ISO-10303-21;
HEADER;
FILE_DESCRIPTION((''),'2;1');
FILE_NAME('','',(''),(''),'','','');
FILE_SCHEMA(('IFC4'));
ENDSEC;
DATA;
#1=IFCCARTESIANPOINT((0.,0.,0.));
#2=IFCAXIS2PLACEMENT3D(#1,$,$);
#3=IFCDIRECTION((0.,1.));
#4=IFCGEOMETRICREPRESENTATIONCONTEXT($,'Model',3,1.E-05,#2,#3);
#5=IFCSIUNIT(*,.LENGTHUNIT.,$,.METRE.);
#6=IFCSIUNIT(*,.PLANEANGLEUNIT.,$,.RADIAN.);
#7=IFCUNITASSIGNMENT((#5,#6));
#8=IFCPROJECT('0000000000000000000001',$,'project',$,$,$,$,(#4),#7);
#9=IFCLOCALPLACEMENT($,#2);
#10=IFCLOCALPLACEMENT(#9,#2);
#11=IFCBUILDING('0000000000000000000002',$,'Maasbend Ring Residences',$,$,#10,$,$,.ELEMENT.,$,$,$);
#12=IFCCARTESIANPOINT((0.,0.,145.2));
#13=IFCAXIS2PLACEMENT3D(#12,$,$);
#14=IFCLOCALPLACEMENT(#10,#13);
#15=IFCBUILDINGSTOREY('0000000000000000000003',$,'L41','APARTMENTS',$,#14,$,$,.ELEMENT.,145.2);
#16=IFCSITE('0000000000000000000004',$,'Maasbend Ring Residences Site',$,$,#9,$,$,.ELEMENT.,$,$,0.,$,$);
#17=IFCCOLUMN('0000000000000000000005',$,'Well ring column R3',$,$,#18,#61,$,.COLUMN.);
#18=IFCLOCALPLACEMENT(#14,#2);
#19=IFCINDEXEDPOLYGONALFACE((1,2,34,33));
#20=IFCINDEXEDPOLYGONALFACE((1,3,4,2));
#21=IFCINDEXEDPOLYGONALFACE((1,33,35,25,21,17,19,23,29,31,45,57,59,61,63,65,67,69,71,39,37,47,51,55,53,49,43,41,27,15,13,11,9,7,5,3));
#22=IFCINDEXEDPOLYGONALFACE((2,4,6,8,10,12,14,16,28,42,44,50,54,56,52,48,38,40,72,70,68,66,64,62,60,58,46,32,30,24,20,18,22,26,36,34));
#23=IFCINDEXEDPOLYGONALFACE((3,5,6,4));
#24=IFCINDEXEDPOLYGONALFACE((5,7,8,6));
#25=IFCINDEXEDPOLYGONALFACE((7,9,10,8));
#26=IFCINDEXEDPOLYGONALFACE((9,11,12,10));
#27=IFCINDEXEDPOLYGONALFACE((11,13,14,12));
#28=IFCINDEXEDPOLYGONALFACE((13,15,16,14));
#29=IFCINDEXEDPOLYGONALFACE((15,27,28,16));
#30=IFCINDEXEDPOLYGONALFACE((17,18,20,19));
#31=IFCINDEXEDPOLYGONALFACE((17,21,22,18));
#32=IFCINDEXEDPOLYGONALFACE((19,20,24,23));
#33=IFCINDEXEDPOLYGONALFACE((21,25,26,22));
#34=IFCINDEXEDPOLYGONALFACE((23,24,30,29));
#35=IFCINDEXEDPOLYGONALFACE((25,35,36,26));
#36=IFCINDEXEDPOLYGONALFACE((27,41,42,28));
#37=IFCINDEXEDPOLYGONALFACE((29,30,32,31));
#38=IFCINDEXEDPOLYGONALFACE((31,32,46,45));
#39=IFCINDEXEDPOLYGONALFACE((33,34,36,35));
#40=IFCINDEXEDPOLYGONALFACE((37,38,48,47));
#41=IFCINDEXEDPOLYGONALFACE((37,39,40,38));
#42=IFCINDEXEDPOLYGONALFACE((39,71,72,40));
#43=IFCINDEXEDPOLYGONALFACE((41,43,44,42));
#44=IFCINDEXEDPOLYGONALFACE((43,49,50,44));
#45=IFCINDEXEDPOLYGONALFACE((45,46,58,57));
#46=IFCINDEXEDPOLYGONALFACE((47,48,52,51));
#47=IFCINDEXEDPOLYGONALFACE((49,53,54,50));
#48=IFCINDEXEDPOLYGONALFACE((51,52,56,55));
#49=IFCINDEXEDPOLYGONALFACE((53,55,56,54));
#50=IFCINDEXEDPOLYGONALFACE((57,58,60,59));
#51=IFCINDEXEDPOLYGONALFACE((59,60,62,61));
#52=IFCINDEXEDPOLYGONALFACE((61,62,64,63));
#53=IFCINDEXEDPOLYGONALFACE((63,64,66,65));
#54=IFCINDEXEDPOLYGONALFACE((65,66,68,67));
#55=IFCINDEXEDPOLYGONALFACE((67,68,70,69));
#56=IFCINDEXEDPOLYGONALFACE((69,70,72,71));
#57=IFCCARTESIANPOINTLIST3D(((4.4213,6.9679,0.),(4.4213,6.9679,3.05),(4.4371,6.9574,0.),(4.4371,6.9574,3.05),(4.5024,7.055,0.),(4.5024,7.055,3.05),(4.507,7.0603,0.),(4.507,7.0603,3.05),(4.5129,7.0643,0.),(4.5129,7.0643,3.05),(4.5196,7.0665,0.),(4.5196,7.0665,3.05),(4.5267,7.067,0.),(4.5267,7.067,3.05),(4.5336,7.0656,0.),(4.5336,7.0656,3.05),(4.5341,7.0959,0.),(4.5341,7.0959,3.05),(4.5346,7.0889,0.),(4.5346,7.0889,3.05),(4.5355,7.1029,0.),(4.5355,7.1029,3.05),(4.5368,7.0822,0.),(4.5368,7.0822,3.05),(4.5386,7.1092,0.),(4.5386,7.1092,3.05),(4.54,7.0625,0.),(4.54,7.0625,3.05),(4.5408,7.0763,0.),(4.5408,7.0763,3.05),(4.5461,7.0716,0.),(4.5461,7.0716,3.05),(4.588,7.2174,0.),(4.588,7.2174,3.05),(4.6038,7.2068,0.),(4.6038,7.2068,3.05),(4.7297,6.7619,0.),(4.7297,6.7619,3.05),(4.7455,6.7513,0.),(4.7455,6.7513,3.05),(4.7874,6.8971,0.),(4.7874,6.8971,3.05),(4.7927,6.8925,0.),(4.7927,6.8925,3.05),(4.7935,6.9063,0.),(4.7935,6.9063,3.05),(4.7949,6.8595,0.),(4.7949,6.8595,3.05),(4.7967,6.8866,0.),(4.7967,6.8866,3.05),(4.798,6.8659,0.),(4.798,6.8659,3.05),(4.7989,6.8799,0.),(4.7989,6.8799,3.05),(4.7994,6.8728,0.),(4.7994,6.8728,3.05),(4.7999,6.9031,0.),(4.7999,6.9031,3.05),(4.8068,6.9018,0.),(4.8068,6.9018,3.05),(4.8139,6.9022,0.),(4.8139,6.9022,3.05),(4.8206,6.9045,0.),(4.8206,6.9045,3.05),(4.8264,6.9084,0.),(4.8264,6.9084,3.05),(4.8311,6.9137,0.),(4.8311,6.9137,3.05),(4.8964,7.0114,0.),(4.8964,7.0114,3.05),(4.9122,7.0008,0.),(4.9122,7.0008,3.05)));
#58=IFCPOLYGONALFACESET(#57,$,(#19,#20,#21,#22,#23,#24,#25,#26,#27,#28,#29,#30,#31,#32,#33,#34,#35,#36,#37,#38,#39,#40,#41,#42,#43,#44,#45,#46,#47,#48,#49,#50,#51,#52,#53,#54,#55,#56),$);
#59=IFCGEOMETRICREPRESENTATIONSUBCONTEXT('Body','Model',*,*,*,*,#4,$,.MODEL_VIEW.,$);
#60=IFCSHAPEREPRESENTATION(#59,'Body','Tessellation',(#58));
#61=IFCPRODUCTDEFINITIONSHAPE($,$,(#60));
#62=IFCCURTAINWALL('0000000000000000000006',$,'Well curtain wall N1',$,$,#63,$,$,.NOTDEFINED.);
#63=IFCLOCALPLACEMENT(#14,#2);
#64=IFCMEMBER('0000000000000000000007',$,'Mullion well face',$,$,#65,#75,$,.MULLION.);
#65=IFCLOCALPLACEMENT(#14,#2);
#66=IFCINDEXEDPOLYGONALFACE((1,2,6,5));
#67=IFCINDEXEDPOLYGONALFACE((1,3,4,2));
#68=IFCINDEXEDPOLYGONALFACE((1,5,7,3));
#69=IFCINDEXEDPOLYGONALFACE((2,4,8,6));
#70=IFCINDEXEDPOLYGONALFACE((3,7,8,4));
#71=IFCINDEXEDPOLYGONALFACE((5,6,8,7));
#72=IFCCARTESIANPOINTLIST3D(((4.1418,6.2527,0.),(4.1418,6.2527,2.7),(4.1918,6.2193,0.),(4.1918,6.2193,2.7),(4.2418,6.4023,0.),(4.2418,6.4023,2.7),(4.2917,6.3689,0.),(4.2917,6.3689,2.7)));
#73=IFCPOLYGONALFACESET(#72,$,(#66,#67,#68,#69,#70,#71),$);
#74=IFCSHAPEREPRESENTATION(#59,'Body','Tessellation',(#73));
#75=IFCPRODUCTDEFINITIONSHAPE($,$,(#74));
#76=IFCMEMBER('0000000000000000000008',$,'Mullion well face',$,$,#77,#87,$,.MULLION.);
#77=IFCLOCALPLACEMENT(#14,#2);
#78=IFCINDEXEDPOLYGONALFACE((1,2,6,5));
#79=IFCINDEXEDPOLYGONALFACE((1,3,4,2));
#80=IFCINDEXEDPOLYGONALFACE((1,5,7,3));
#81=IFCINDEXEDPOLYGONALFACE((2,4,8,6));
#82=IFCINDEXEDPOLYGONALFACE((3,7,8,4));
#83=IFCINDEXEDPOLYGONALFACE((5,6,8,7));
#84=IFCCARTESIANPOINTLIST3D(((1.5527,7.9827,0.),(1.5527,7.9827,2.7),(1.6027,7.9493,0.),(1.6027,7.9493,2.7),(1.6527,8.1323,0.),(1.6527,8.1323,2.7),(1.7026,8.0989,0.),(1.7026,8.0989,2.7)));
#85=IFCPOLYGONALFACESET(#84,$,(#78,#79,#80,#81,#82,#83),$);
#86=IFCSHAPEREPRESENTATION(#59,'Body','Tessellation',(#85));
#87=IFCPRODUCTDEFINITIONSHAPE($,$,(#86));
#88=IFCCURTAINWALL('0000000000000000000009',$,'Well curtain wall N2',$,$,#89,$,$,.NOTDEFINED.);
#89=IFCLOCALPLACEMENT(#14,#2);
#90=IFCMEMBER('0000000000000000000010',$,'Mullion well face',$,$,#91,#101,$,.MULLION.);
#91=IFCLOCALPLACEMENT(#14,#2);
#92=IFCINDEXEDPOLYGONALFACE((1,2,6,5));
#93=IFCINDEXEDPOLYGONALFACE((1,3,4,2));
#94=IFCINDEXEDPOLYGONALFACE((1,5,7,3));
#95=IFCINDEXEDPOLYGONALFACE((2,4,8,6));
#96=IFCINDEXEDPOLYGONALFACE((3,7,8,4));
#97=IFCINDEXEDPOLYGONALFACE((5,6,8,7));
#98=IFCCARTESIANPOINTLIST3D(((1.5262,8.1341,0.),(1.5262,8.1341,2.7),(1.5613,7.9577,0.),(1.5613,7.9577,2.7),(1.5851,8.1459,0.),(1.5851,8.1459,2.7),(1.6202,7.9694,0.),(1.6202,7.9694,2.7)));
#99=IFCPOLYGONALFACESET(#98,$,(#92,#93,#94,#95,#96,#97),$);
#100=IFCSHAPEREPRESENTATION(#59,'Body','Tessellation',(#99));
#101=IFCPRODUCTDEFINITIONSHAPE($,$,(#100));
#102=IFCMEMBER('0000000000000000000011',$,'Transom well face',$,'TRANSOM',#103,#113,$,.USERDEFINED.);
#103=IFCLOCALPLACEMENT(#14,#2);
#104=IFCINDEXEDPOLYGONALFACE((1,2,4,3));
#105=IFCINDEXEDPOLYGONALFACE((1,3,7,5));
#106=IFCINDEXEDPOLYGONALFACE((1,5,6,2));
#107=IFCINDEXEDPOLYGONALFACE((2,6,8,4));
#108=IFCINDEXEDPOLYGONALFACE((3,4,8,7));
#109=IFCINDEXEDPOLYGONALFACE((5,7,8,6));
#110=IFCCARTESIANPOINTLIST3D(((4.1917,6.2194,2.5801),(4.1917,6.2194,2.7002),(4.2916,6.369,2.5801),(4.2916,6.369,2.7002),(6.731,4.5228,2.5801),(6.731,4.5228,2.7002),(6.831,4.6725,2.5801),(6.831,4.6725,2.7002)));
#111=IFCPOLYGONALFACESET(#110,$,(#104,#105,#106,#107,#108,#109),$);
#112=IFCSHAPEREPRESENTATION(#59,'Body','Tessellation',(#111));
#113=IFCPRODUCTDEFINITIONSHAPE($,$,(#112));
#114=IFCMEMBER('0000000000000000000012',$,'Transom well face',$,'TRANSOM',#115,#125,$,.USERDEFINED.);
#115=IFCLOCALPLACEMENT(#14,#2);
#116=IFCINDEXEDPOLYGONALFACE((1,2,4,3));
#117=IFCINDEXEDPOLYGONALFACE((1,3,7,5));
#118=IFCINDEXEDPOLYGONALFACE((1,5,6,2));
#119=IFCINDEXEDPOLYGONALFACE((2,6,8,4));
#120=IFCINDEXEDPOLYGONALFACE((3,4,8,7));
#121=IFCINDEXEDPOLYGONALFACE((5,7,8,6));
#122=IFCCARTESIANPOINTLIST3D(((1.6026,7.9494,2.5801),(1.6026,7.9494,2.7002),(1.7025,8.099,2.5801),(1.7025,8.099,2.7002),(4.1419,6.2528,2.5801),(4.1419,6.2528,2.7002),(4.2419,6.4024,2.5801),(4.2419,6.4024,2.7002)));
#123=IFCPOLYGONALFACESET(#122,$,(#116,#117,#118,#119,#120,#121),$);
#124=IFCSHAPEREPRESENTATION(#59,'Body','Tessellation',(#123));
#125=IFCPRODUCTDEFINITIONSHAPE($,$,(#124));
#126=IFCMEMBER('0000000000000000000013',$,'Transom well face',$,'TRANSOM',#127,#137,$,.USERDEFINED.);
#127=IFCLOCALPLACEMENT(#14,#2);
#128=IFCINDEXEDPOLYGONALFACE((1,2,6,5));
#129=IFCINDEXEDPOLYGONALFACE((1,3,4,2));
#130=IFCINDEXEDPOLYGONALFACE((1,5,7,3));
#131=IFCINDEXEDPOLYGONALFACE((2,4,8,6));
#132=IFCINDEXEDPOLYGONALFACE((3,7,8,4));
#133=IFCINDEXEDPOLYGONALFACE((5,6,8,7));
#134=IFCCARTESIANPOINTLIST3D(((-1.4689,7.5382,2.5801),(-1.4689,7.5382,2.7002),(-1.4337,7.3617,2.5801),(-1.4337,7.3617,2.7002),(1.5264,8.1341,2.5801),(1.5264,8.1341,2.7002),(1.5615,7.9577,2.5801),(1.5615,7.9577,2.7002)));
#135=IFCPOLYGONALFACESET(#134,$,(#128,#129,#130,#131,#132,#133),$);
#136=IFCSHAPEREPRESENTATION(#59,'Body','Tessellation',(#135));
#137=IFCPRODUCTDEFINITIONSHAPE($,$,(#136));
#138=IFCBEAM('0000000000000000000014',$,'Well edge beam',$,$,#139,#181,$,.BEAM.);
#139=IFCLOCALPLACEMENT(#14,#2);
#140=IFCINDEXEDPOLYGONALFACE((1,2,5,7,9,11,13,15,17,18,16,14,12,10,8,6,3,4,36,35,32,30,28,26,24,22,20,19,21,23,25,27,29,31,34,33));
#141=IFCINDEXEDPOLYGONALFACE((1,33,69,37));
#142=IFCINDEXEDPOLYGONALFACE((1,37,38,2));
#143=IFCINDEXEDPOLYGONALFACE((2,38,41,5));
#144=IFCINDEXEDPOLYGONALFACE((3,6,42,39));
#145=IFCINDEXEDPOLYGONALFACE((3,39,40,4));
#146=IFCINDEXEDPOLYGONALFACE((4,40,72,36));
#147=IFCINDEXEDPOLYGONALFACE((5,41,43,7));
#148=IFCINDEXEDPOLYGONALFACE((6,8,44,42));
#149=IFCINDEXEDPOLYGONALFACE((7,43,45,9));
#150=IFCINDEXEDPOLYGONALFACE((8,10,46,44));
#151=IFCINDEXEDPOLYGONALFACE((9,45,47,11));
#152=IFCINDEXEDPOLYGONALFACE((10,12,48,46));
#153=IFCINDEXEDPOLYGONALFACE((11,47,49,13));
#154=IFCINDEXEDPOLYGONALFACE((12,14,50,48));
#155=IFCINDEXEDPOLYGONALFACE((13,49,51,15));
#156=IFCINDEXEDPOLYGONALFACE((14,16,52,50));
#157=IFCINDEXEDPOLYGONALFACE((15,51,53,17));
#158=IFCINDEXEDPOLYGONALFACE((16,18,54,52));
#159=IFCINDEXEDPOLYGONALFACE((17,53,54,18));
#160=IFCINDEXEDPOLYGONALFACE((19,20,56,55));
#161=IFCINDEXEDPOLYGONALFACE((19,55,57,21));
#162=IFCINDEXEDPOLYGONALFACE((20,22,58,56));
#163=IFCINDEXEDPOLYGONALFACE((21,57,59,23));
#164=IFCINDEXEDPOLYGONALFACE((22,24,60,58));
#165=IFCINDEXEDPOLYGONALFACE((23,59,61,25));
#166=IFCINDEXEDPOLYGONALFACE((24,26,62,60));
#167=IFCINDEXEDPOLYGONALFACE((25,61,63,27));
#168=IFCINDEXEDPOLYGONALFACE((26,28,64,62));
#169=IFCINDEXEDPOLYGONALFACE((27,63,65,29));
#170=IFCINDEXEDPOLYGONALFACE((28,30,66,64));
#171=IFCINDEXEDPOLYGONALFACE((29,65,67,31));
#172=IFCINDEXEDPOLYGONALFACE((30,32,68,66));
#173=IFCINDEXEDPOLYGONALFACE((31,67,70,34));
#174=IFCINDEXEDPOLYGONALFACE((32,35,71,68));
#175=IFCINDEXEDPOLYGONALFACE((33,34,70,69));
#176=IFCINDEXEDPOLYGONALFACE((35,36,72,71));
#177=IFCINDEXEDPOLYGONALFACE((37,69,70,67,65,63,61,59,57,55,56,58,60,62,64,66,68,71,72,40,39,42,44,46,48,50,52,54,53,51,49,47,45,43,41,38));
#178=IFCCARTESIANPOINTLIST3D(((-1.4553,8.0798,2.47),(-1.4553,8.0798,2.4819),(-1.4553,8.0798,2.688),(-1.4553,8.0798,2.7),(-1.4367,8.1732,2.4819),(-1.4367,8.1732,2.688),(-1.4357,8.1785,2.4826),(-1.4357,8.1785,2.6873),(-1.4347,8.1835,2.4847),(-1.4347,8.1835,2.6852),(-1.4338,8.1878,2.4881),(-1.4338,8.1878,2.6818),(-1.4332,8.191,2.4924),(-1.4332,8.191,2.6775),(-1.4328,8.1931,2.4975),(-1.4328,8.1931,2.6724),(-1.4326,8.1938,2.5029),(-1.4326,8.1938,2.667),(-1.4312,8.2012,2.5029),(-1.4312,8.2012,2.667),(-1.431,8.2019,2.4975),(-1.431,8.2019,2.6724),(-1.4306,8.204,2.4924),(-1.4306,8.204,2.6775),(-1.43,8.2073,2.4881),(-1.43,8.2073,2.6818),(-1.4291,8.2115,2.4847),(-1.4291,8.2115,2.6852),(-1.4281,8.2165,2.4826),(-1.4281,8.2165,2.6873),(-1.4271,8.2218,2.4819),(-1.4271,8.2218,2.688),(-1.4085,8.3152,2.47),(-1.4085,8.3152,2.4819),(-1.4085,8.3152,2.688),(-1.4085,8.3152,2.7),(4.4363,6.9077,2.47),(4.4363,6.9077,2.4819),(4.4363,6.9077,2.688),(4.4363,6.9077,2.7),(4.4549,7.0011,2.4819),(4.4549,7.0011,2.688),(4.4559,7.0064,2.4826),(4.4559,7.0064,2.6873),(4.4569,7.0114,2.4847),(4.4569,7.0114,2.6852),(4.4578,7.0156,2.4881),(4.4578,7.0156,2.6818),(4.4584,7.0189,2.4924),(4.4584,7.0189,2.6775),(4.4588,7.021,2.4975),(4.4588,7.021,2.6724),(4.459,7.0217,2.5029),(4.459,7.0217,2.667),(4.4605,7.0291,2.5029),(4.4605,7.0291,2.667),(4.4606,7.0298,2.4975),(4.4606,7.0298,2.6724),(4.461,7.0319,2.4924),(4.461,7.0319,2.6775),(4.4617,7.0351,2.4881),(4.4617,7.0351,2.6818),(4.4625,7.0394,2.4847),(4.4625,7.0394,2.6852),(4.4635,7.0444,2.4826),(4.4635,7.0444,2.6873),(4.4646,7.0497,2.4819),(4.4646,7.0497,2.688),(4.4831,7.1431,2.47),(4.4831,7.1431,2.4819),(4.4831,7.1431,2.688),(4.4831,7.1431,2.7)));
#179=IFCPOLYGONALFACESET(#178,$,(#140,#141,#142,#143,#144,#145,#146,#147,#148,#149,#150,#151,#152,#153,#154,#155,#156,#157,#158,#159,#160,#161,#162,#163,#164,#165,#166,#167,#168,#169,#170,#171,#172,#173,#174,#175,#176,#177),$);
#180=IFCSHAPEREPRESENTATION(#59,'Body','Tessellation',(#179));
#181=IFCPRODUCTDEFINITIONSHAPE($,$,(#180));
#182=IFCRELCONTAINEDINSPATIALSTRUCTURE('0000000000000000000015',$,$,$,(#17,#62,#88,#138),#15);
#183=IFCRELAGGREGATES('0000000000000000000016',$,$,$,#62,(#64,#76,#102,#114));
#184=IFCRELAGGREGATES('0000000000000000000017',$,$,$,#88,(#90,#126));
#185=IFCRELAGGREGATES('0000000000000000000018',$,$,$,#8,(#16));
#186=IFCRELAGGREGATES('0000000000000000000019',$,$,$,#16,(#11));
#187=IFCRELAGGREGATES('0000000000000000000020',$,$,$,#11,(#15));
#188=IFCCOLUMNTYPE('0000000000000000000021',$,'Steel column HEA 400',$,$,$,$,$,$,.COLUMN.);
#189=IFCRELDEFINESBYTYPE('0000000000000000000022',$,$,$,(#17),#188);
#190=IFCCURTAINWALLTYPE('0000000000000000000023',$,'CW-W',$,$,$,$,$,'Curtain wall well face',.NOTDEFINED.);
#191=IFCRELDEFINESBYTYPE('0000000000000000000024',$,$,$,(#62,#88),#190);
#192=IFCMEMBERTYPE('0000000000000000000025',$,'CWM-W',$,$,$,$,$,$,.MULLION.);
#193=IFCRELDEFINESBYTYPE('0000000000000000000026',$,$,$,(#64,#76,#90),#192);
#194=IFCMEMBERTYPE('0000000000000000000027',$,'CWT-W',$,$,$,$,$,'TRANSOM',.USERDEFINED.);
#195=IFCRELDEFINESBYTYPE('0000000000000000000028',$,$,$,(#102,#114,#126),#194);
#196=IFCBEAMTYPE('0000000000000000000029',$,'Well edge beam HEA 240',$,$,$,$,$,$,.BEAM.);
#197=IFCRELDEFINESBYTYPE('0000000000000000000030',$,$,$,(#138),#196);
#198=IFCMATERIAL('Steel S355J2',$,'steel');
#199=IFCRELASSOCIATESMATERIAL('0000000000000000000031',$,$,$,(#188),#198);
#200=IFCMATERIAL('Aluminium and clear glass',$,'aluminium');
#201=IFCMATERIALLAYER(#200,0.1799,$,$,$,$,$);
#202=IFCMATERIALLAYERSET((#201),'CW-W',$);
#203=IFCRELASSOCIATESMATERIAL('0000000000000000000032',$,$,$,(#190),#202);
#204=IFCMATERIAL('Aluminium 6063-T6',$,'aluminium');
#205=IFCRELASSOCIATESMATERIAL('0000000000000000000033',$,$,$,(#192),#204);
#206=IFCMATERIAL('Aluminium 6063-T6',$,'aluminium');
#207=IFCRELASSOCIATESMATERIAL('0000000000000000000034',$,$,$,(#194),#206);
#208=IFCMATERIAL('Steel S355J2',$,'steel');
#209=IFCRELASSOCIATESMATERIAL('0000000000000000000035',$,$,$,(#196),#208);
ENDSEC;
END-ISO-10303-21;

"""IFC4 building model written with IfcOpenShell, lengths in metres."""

from ifc_helpers import new_model, si_unit, direction, frame, origin, origin_2d, place, context, subcontext, project, spatial, rectangle, i_section, extrude, material, layer, layer_set, material_profile, profile_set, type_object, element, aggregate, save


model = new_model("IFC4")

# Units and contexts
model_context = context("Model", 3, precision=1e-05, world=origin(), true_north=direction((0.0, 1.0)))
body_context = subcontext(model_context, "Body", "Model", "MODEL_VIEW")
ifc_project = project(units=[si_unit("LENGTHUNIT", "METRE"), si_unit("PLANEANGLEUNIT", "RADIAN")], contexts=[model_context])

# Site, building, storey
site_placement = place(None, origin())
site = spatial("IfcSite", under=ifc_project, at=site_placement, Name="Maasbend Ring Residences Site", CompositionType="ELEMENT", RefElevation=0.0)
building_placement = place(site_placement, origin())
building = spatial("IfcBuilding", under=site, at=building_placement, Name="Maasbend Ring Residences", CompositionType="ELEMENT")
storey_placement = place(building_placement, frame((0.0, 0.0, 145.2)))
storey = spatial("IfcBuildingStorey", under=building, at=storey_placement, Name="L41", Description="APARTMENTS", CompositionType="ELEMENT", Elevation=145.2)

# Column
ifc_material_1 = material(Name="Steel S355J2", Category="steel")
ifc_material_profile_1 = material_profile(ifc_material_1, i_section(OverallWidth=0.3, OverallDepth=0.3899, WebThickness=0.011, FlangeThickness=0.019, FilletRadius=0.0271, at=origin_2d()), Name="HEA 400")
ifc_profile_set_1 = profile_set([ifc_material_profile_1], Name="Steel S355J2")
column_type = type_object("IfcColumnType", Name="Steel column HEA 400", PredefinedType="COLUMN", material=ifc_profile_set_1)
column_placement = place(storey_placement, frame((4.6667, 6.9844, 0.0), z_axis=(0.0, 0.0, 1.0), x_axis=(0.55557, 0.83147, 0.0)))
element("IfcColumn", 1, at=column_placement, inside=storey, type_object=column_type, Name="Well ring column R3", PredefinedType="COLUMN", context=body_context, shape_type="SweptSolid", body=[
    extrude(i_section(OverallWidth=0.3, OverallDepth=0.3899, WebThickness=0.011, FlangeThickness=0.019, FilletRadius=0.0271, at=origin_2d()), origin(), (0.0, 0.0, 1.0), 3.05),
])

# Curtain wall, members
ifc_material_2 = material(Name="Aluminium and clear glass", Category="aluminium")
ifc_layer_1 = layer(ifc_material_2, 0.1799)
ifc_layer_set_1 = layer_set([ifc_layer_1], Name="CW-W")
curtain_wall_type = type_object("IfcCurtainWallType", Name="CW-W", ElementType="Curtain wall well face", PredefinedType="NOTDEFINED", material=ifc_layer_set_1)
curtain_wall_1_placement = place(storey_placement, origin())
curtain_wall_1 = element("IfcCurtainWall", 2, at=curtain_wall_1_placement, inside=storey, type_object=curtain_wall_type, Name="Well curtain wall N1", PredefinedType="NOTDEFINED")
ifc_material_3 = material(Name="Aluminium 6063-T6", Category="aluminium")
ifc_material_profile_2 = material_profile(ifc_material_3, rectangle(XDim=0.1799, YDim=0.0601, at=origin_2d()), Name="AL 180x60")
ifc_profile_set_2 = profile_set([ifc_material_profile_2], Name="Aluminium 6063-T6")
member_type_1 = type_object("IfcMemberType", Name="CWM-W", PredefinedType="MULLION", material=ifc_profile_set_2)
member_1_placement = place(storey_placement, frame((4.2168, 6.3108, 0.0), z_axis=(0.0, 0.0, 1.0), x_axis=(-0.55557, -0.83147, 0.0)))
member_1 = element("IfcMember", 3, at=member_1_placement, type_object=member_type_1, Name="Mullion well face", PredefinedType="MULLION", context=body_context, shape_type="SweptSolid", body=[
    extrude(rectangle(XDim=0.1799, YDim=0.0601, at=origin_2d()), origin(), (0.0, 0.0, 1.0), 2.7),
])
member_2_placement = place(storey_placement, frame((1.6277, 8.0408, 0.0), z_axis=(0.0, 0.0, 1.0), x_axis=(-0.55557, -0.83147, 0.0)))
member_2 = element("IfcMember", 4, at=member_2_placement, type_object=member_type_1, Name="Mullion well face", PredefinedType="MULLION", context=body_context, shape_type="SweptSolid", body=[
    extrude(rectangle(XDim=0.1799, YDim=0.0601, at=origin_2d()), origin(), (0.0, 0.0, 1.0), 2.7),
])

# Curtain wall, member
curtain_wall_2_placement = place(storey_placement, origin())
curtain_wall_2 = element("IfcCurtainWall", 5, at=curtain_wall_2_placement, inside=storey, type_object=curtain_wall_type, Name="Well curtain wall N2", PredefinedType="NOTDEFINED")
member_3_placement = place(storey_placement, frame((1.5732, 8.0518, 0.0), z_axis=(0.0, 0.0, 1.0), x_axis=(0.19509, -0.980785, 0.0)))
member_3 = element("IfcMember", 6, at=member_3_placement, type_object=member_type_1, Name="Mullion well face", PredefinedType="MULLION", context=body_context, shape_type="SweptSolid", body=[
    extrude(rectangle(XDim=0.1799, YDim=0.0601, at=origin_2d()), origin(), (0.0, 0.0, 1.0), 2.7),
])

# Members
ifc_material_4 = material(Name="Aluminium 6063-T6", Category="aluminium")
ifc_material_profile_3 = material_profile(ifc_material_4, rectangle(XDim=0.1799, YDim=0.1201, at=origin_2d()), Name="AL 180x120")
ifc_profile_set_3 = profile_set([ifc_material_profile_3], Name="Aluminium 6063-T6")
member_type_2 = type_object("IfcMemberType", Name="CWT-W", ElementType="TRANSOM", PredefinedType="USERDEFINED", material=ifc_profile_set_3)
member_4_placement = place(storey_placement, frame((6.781, 4.5977, 2.6401), z_axis=(-0.831496, 0.55553, 0.0), x_axis=(-0.55553, -0.831496, 0.0)))
member_4 = element("IfcMember", 7, at=member_4_placement, type_object=member_type_2, Name="Transom well face", ObjectType="TRANSOM", PredefinedType="USERDEFINED", context=body_context, shape_type="SweptSolid", body=[
    extrude(rectangle(XDim=0.1799, YDim=0.1201, at=origin_2d()), origin(), (0.0, 0.0, 1.0), 3.054),
])
member_5_placement = place(storey_placement, frame((4.1919, 6.3276, 2.6401), z_axis=(-0.831496, 0.55553, 0.0), x_axis=(-0.55553, -0.831496, 0.0)))
member_5 = element("IfcMember", 8, at=member_5_placement, type_object=member_type_2, Name="Transom well face", ObjectType="TRANSOM", PredefinedType="USERDEFINED", context=body_context, shape_type="SweptSolid", body=[
    extrude(rectangle(XDim=0.1799, YDim=0.1201, at=origin_2d()), origin(), (0.0, 0.0, 1.0), 3.054),
])
member_6_placement = place(storey_placement, frame((1.5439, 8.0459, 2.6401), z_axis=(-0.980777, -0.195132, 0.0), x_axis=(0.195132, -0.980777, 0.0)))
member_6 = element("IfcMember", 9, at=member_6_placement, type_object=member_type_2, Name="Transom well face", ObjectType="TRANSOM", PredefinedType="USERDEFINED", context=body_context, shape_type="SweptSolid", body=[
    extrude(rectangle(XDim=0.1799, YDim=0.1201, at=origin_2d()), origin(), (0.0, 0.0, 1.0), 3.054),
])

# Beam
ifc_material_5 = material(Name="Steel S355J2", Category="steel")
ifc_material_profile_4 = material_profile(ifc_material_5, i_section(OverallWidth=0.24, OverallDepth=0.23, WebThickness=0.0076, FlangeThickness=0.012, FilletRadius=0.021, at=origin_2d()), Name="HEA 240")
ifc_profile_set_4 = profile_set([ifc_material_profile_4], Name="Steel S355J2")
beam_type = type_object("IfcBeamType", Name="Well edge beam HEA 240", PredefinedType="BEAM", material=ifc_profile_set_4)
beam_placement = place(storey_placement, frame((4.4597, 7.0254, 2.585), z_axis=(-0.980779, 0.195123, 0.0), x_axis=(-0.195123, -0.980779, 0.0)))
element("IfcBeam", 10, at=beam_placement, inside=storey, type_object=beam_type, Name="Well edge beam", PredefinedType="BEAM", context=body_context, shape_type="SweptSolid", body=[
    extrude(i_section(OverallWidth=0.24, OverallDepth=0.23, WebThickness=0.0076, FlangeThickness=0.012, FilletRadius=0.021, at=origin_2d()), origin(), (0.0, 0.0, 1.0), 6.0071),
])

aggregate(curtain_wall_1, [member_1, member_2, member_4, member_5])
aggregate(curtain_wall_2, [member_3, member_6])

save(model, "model.ifc")
